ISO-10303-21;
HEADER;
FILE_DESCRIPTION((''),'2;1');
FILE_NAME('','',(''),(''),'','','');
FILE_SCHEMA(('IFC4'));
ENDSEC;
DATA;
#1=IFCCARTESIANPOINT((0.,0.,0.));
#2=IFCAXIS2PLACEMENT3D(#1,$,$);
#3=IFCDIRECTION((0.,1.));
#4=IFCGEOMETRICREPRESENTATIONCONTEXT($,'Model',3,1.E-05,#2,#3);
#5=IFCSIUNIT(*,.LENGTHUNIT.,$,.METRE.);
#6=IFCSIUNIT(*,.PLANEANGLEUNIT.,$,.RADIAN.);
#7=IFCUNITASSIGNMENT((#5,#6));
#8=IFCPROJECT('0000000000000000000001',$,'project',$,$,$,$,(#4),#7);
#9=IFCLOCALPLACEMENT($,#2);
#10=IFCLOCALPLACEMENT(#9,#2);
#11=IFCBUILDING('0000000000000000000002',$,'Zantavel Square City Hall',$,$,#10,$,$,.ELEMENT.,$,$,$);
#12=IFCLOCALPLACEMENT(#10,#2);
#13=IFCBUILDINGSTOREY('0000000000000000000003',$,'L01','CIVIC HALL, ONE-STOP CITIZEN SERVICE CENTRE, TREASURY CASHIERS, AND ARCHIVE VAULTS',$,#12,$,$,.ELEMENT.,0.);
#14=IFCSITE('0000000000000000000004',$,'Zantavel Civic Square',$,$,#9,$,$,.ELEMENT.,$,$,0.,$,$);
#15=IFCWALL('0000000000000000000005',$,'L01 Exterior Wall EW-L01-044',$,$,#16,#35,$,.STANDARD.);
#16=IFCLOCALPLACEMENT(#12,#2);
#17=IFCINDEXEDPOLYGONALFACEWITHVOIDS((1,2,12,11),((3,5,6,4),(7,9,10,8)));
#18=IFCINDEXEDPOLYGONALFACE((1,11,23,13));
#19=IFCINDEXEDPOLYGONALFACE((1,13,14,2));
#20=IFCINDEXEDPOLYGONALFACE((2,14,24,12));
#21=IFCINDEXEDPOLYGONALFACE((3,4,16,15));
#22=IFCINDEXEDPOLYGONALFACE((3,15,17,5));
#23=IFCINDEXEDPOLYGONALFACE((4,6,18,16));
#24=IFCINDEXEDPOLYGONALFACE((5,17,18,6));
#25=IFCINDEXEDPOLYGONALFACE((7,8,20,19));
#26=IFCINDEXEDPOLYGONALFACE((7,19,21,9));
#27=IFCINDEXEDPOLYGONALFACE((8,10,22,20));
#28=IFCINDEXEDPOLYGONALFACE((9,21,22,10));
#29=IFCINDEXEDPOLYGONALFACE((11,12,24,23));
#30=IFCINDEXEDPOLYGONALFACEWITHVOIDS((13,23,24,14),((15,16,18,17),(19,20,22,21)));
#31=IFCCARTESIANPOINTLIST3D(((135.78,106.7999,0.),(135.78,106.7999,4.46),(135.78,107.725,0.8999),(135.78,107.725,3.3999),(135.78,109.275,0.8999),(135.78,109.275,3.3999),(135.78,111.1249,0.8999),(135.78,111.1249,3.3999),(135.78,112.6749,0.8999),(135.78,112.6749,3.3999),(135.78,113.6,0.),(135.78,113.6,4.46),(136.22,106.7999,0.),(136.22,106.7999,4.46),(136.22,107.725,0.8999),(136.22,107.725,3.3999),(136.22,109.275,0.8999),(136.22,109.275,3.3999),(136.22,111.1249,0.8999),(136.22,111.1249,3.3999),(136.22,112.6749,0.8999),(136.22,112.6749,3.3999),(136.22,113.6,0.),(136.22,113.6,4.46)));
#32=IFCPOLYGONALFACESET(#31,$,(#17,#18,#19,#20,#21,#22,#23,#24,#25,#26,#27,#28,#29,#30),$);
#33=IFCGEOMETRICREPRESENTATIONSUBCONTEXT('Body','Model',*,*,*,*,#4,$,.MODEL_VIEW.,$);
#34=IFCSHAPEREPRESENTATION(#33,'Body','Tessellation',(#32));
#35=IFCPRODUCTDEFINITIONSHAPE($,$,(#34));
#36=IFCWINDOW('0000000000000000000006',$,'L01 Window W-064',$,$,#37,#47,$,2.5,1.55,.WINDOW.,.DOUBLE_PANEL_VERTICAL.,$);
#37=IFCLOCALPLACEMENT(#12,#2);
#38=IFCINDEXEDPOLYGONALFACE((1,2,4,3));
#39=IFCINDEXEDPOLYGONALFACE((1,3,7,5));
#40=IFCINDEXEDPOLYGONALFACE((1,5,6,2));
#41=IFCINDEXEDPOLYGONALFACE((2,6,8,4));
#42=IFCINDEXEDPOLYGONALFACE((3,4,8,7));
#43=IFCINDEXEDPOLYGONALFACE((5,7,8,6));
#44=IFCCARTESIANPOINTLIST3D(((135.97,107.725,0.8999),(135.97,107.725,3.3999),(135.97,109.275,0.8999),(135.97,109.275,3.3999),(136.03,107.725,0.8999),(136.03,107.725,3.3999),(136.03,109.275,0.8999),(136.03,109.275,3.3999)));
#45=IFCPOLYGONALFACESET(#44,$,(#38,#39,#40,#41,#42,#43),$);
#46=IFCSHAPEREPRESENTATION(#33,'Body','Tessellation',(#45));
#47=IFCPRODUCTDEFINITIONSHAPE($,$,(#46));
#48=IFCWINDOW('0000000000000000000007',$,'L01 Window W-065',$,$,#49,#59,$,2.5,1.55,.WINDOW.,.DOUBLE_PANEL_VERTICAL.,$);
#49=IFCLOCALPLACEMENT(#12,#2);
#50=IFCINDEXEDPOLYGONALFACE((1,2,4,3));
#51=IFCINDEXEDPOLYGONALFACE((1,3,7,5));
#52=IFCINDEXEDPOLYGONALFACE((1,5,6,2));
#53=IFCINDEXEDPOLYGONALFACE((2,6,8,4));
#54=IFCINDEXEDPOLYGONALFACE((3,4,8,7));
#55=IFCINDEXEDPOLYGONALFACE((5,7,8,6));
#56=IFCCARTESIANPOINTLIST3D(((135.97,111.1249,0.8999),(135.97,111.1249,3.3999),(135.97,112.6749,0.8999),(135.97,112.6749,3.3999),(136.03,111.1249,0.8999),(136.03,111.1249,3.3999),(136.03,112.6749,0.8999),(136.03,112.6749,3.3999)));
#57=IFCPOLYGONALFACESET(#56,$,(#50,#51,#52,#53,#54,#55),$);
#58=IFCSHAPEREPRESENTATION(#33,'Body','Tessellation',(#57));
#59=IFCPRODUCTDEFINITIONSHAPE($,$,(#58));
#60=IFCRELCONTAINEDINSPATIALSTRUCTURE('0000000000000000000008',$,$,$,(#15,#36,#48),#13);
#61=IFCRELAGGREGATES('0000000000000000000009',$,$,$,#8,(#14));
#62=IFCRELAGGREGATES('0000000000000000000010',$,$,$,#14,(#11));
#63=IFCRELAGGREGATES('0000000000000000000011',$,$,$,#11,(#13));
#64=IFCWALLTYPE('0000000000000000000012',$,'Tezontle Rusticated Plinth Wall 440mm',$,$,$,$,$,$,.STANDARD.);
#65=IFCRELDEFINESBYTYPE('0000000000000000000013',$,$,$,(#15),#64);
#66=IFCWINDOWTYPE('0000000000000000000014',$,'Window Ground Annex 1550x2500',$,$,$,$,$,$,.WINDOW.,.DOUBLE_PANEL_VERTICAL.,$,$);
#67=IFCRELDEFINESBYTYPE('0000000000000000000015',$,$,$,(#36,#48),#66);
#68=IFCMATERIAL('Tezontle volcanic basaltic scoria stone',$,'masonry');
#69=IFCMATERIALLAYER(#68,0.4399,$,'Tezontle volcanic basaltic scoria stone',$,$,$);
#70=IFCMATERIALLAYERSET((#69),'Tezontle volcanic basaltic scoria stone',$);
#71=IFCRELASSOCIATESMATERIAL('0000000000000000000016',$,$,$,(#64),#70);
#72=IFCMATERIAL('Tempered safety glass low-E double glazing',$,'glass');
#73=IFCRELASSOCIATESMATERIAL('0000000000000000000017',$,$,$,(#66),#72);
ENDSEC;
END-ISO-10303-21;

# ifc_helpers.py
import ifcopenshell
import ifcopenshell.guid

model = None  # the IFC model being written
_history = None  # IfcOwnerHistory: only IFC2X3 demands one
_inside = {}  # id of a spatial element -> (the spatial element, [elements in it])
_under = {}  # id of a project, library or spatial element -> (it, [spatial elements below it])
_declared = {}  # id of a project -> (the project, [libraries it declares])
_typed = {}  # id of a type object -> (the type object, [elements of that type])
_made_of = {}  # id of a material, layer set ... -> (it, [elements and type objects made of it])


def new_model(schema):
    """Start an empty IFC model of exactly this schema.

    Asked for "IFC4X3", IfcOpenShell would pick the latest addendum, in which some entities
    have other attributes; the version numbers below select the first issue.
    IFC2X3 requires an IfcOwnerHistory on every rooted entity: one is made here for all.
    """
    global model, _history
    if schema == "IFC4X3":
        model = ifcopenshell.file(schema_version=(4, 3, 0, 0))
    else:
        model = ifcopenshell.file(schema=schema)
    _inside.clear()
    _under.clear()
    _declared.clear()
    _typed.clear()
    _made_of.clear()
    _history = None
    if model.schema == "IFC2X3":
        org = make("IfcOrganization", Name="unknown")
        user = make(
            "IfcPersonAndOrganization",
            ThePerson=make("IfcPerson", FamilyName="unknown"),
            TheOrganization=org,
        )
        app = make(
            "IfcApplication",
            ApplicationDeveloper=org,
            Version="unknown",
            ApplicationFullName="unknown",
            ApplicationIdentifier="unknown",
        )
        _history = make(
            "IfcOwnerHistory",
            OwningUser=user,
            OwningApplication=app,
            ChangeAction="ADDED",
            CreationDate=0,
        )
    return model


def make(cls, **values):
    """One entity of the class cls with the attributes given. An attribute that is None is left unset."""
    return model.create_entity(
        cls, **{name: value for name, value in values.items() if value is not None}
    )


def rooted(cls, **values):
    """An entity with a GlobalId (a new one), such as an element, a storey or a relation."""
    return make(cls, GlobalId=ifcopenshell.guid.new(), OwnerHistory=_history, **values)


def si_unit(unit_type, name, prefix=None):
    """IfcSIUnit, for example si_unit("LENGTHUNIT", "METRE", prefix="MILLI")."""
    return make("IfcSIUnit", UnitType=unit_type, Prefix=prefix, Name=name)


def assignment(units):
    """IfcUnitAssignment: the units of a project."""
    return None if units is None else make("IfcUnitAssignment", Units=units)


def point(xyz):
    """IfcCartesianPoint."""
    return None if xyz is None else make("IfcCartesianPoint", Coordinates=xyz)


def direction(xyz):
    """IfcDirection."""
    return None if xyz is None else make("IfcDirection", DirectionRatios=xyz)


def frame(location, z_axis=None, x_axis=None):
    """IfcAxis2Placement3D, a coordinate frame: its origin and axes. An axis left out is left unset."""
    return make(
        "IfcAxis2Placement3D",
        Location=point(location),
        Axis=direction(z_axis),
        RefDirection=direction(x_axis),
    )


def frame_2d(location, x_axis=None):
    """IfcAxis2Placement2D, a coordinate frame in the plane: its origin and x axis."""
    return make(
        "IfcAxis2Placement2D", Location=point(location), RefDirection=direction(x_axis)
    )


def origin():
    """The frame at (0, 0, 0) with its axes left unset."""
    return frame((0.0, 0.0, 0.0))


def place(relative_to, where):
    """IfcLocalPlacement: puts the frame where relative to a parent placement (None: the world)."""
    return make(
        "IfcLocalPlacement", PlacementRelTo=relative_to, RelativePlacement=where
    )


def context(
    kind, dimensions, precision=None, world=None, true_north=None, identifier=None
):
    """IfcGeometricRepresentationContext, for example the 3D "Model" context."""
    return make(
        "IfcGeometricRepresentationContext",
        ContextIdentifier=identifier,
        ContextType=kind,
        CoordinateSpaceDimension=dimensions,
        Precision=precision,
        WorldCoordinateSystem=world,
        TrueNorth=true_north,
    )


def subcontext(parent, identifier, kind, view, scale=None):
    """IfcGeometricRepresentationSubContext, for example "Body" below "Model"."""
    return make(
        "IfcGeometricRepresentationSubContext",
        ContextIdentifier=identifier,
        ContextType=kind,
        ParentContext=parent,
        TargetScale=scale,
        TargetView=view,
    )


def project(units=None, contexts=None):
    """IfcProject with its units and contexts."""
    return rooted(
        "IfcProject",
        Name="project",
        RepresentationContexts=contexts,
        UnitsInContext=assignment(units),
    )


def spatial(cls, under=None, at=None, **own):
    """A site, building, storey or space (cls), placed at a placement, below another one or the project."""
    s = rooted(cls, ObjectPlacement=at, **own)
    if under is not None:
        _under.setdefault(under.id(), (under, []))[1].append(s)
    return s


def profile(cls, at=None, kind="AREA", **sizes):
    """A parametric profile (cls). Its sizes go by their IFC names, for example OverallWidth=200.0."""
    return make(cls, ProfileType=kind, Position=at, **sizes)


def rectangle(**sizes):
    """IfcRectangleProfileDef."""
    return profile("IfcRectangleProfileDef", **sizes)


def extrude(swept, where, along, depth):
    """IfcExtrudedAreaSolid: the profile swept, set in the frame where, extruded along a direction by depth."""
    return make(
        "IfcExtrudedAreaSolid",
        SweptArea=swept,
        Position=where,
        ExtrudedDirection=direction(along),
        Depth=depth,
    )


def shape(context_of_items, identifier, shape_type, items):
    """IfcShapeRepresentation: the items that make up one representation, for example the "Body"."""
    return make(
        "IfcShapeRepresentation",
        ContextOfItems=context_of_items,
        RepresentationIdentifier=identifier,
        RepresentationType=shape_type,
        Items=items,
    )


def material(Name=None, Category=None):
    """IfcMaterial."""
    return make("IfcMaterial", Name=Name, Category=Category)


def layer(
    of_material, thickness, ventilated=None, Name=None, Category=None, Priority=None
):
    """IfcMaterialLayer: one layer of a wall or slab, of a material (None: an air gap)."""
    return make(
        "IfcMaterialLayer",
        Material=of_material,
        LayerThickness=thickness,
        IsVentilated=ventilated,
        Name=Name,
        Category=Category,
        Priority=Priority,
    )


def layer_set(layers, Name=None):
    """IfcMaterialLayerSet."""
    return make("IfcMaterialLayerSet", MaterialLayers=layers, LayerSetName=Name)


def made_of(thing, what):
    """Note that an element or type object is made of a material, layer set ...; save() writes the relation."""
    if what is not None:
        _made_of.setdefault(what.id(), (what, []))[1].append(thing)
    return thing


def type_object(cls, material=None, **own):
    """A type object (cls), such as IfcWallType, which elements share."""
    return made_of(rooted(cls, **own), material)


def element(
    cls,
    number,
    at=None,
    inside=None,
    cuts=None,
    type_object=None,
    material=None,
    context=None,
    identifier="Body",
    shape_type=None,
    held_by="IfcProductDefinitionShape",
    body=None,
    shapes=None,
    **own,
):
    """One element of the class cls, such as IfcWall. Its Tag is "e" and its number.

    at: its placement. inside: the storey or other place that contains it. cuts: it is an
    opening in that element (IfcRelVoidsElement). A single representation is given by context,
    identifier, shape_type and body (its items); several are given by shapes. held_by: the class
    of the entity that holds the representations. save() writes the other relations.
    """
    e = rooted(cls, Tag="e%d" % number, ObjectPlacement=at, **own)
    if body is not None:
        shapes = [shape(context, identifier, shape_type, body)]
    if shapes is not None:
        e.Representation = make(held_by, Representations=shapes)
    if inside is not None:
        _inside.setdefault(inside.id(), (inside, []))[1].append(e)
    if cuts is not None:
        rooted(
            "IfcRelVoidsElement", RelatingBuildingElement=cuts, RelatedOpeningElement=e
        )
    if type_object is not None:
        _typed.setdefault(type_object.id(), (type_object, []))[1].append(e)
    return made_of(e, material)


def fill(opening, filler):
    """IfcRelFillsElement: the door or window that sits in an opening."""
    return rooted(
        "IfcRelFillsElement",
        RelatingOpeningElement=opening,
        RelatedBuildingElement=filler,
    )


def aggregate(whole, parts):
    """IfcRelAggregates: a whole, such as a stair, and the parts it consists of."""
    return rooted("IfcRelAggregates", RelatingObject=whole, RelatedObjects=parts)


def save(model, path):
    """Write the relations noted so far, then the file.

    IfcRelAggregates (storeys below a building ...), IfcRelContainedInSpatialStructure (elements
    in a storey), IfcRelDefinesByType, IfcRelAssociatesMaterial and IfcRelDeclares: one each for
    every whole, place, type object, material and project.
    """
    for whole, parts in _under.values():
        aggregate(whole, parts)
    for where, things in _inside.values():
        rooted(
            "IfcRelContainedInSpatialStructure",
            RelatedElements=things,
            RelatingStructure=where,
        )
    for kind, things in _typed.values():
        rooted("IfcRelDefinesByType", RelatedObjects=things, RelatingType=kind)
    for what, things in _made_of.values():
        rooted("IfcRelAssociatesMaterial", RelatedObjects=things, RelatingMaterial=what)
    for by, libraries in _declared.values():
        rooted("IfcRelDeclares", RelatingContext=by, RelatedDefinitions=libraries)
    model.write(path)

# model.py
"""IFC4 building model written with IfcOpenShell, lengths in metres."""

from ifc_helpers import new_model, si_unit, direction, frame, frame_2d, origin, place, context, subcontext, project, spatial, rectangle, extrude, material, layer, layer_set, type_object, element, fill, save


model = new_model("IFC4")

# Units and contexts
model_context = context("Model", 3, precision=1e-05, world=origin(), true_north=direction((0.0, 1.0)))
body_context = subcontext(model_context, "Body", "Model", "MODEL_VIEW")
ifc_project = project(units=[si_unit("LENGTHUNIT", "METRE"), si_unit("PLANEANGLEUNIT", "RADIAN")], contexts=[model_context])

# Site, building, storey
site_placement = place(None, origin())
site = spatial("IfcSite", under=ifc_project, at=site_placement, Name="Zantavel Civic Square", CompositionType="ELEMENT", RefElevation=0.0)
building_placement = place(site_placement, origin())
building = spatial("IfcBuilding", under=site, at=building_placement, Name="Zantavel Square City Hall", CompositionType="ELEMENT")
storey_placement = place(building_placement, origin())
storey = spatial("IfcBuildingStorey", under=building, at=storey_placement, Name="L01", Description="CIVIC HALL, ONE-STOP CITIZEN SERVICE CENTRE, TREASURY CASHIERS, AND ARCHIVE VAULTS", CompositionType="ELEMENT", Elevation=0.0)

# Wall, openings, windows
ifc_material_1 = material(Name="Tezontle volcanic basaltic scoria stone", Category="masonry")
ifc_layer = layer(ifc_material_1, 0.4399, Name="Tezontle volcanic basaltic scoria stone")
ifc_layer_set = layer_set([ifc_layer], Name="Tezontle volcanic basaltic scoria stone")
wall_type = type_object("IfcWallType", Name="Tezontle Rusticated Plinth Wall 440mm", PredefinedType="STANDARD", material=ifc_layer_set)
ifc_material_2 = material(Name="Tempered safety glass low-E double glazing", Category="glass")
wall_1_placement = place(storey_placement, frame((136.0, 106.8, 0.0), z_axis=(0.0, 0.0, 1.0), x_axis=(0.0, 1.0, 0.0)))
wall_1 = element("IfcWall", 1, at=wall_1_placement, inside=storey, type_object=wall_type, Name="L01 Exterior Wall EW-L01-044", PredefinedType="STANDARD", context=body_context, shape_type="SweptSolid", body=[
    extrude(rectangle(XDim=6.8, YDim=0.4399, at=frame_2d((3.3999, 0.0))), origin(), (0.0, 0.0, 1.0), 4.46),
])
opening_1_placement = place(wall_1_placement, frame((0.925, 0.0, 0.8999)))
opening_1 = element("IfcOpeningElement", 2, at=opening_1_placement, cuts=wall_1, PredefinedType="OPENING", context=body_context, shape_type="SweptSolid", body=[
    extrude(rectangle(XDim=1.55, YDim=2.5, at=frame_2d((0.7749, 1.25))), frame((0.0, 0.23, 0.0), z_axis=(0.0, -1.0, 0.0), x_axis=(1.0, 0.0, 0.0)), (0.0, 0.0, 1.0), 0.46),
])
opening_2_placement = place(wall_1_placement, frame((4.325, 0.0, 0.8999)))
opening_2 = element("IfcOpeningElement", 3, at=opening_2_placement, cuts=wall_1, PredefinedType="OPENING", context=body_context, shape_type="SweptSolid", body=[
    extrude(rectangle(XDim=1.55, YDim=2.5, at=frame_2d((0.7749, 1.25))), frame((0.0, 0.23, 0.0), z_axis=(0.0, -1.0, 0.0), x_axis=(1.0, 0.0, 0.0)), (0.0, 0.0, 1.0), 0.46),
])
window_type_1 = type_object("IfcWindowType", Name="Window Ground Annex 1550x2500", PartitioningType="DOUBLE_PANEL_VERTICAL", PredefinedType="WINDOW", material=ifc_material_2)
window_1_placement = place(opening_1_placement, origin())
window_1 = element("IfcWindow", 4, at=window_1_placement, inside=storey, type_object=window_type_1, Name="L01 Window W-064", OverallHeight=2.5, OverallWidth=1.55, PartitioningType="DOUBLE_PANEL_VERTICAL", PredefinedType="WINDOW", context=body_context, shape_type="SweptSolid", body=[
    extrude(rectangle(XDim=1.55, YDim=2.5, at=frame_2d((0.7749, 1.25))), frame((0.0, 0.03, 0.0), z_axis=(0.0, -1.0, 0.0), x_axis=(1.0, 0.0, 0.0)), (0.0, 0.0, 1.0), 0.0601),
])
fill(opening_1, window_1)
window_2_placement = place(opening_2_placement, origin())
window_2 = element("IfcWindow", 5, at=window_2_placement, inside=storey, type_object=window_type_1, Name="L01 Window W-065", OverallHeight=2.5, OverallWidth=1.55, PartitioningType="DOUBLE_PANEL_VERTICAL", PredefinedType="WINDOW", context=body_context, shape_type="SweptSolid", body=[
    extrude(rectangle(XDim=1.55, YDim=2.5, at=frame_2d((0.7749, 1.25))), frame((0.0, 0.03, 0.0), z_axis=(0.0, -1.0, 0.0), x_axis=(1.0, 0.0, 0.0)), (0.0, 0.0, 1.0), 0.0601),
])
fill(opening_2, window_2)

save(model, "model.ifc")
